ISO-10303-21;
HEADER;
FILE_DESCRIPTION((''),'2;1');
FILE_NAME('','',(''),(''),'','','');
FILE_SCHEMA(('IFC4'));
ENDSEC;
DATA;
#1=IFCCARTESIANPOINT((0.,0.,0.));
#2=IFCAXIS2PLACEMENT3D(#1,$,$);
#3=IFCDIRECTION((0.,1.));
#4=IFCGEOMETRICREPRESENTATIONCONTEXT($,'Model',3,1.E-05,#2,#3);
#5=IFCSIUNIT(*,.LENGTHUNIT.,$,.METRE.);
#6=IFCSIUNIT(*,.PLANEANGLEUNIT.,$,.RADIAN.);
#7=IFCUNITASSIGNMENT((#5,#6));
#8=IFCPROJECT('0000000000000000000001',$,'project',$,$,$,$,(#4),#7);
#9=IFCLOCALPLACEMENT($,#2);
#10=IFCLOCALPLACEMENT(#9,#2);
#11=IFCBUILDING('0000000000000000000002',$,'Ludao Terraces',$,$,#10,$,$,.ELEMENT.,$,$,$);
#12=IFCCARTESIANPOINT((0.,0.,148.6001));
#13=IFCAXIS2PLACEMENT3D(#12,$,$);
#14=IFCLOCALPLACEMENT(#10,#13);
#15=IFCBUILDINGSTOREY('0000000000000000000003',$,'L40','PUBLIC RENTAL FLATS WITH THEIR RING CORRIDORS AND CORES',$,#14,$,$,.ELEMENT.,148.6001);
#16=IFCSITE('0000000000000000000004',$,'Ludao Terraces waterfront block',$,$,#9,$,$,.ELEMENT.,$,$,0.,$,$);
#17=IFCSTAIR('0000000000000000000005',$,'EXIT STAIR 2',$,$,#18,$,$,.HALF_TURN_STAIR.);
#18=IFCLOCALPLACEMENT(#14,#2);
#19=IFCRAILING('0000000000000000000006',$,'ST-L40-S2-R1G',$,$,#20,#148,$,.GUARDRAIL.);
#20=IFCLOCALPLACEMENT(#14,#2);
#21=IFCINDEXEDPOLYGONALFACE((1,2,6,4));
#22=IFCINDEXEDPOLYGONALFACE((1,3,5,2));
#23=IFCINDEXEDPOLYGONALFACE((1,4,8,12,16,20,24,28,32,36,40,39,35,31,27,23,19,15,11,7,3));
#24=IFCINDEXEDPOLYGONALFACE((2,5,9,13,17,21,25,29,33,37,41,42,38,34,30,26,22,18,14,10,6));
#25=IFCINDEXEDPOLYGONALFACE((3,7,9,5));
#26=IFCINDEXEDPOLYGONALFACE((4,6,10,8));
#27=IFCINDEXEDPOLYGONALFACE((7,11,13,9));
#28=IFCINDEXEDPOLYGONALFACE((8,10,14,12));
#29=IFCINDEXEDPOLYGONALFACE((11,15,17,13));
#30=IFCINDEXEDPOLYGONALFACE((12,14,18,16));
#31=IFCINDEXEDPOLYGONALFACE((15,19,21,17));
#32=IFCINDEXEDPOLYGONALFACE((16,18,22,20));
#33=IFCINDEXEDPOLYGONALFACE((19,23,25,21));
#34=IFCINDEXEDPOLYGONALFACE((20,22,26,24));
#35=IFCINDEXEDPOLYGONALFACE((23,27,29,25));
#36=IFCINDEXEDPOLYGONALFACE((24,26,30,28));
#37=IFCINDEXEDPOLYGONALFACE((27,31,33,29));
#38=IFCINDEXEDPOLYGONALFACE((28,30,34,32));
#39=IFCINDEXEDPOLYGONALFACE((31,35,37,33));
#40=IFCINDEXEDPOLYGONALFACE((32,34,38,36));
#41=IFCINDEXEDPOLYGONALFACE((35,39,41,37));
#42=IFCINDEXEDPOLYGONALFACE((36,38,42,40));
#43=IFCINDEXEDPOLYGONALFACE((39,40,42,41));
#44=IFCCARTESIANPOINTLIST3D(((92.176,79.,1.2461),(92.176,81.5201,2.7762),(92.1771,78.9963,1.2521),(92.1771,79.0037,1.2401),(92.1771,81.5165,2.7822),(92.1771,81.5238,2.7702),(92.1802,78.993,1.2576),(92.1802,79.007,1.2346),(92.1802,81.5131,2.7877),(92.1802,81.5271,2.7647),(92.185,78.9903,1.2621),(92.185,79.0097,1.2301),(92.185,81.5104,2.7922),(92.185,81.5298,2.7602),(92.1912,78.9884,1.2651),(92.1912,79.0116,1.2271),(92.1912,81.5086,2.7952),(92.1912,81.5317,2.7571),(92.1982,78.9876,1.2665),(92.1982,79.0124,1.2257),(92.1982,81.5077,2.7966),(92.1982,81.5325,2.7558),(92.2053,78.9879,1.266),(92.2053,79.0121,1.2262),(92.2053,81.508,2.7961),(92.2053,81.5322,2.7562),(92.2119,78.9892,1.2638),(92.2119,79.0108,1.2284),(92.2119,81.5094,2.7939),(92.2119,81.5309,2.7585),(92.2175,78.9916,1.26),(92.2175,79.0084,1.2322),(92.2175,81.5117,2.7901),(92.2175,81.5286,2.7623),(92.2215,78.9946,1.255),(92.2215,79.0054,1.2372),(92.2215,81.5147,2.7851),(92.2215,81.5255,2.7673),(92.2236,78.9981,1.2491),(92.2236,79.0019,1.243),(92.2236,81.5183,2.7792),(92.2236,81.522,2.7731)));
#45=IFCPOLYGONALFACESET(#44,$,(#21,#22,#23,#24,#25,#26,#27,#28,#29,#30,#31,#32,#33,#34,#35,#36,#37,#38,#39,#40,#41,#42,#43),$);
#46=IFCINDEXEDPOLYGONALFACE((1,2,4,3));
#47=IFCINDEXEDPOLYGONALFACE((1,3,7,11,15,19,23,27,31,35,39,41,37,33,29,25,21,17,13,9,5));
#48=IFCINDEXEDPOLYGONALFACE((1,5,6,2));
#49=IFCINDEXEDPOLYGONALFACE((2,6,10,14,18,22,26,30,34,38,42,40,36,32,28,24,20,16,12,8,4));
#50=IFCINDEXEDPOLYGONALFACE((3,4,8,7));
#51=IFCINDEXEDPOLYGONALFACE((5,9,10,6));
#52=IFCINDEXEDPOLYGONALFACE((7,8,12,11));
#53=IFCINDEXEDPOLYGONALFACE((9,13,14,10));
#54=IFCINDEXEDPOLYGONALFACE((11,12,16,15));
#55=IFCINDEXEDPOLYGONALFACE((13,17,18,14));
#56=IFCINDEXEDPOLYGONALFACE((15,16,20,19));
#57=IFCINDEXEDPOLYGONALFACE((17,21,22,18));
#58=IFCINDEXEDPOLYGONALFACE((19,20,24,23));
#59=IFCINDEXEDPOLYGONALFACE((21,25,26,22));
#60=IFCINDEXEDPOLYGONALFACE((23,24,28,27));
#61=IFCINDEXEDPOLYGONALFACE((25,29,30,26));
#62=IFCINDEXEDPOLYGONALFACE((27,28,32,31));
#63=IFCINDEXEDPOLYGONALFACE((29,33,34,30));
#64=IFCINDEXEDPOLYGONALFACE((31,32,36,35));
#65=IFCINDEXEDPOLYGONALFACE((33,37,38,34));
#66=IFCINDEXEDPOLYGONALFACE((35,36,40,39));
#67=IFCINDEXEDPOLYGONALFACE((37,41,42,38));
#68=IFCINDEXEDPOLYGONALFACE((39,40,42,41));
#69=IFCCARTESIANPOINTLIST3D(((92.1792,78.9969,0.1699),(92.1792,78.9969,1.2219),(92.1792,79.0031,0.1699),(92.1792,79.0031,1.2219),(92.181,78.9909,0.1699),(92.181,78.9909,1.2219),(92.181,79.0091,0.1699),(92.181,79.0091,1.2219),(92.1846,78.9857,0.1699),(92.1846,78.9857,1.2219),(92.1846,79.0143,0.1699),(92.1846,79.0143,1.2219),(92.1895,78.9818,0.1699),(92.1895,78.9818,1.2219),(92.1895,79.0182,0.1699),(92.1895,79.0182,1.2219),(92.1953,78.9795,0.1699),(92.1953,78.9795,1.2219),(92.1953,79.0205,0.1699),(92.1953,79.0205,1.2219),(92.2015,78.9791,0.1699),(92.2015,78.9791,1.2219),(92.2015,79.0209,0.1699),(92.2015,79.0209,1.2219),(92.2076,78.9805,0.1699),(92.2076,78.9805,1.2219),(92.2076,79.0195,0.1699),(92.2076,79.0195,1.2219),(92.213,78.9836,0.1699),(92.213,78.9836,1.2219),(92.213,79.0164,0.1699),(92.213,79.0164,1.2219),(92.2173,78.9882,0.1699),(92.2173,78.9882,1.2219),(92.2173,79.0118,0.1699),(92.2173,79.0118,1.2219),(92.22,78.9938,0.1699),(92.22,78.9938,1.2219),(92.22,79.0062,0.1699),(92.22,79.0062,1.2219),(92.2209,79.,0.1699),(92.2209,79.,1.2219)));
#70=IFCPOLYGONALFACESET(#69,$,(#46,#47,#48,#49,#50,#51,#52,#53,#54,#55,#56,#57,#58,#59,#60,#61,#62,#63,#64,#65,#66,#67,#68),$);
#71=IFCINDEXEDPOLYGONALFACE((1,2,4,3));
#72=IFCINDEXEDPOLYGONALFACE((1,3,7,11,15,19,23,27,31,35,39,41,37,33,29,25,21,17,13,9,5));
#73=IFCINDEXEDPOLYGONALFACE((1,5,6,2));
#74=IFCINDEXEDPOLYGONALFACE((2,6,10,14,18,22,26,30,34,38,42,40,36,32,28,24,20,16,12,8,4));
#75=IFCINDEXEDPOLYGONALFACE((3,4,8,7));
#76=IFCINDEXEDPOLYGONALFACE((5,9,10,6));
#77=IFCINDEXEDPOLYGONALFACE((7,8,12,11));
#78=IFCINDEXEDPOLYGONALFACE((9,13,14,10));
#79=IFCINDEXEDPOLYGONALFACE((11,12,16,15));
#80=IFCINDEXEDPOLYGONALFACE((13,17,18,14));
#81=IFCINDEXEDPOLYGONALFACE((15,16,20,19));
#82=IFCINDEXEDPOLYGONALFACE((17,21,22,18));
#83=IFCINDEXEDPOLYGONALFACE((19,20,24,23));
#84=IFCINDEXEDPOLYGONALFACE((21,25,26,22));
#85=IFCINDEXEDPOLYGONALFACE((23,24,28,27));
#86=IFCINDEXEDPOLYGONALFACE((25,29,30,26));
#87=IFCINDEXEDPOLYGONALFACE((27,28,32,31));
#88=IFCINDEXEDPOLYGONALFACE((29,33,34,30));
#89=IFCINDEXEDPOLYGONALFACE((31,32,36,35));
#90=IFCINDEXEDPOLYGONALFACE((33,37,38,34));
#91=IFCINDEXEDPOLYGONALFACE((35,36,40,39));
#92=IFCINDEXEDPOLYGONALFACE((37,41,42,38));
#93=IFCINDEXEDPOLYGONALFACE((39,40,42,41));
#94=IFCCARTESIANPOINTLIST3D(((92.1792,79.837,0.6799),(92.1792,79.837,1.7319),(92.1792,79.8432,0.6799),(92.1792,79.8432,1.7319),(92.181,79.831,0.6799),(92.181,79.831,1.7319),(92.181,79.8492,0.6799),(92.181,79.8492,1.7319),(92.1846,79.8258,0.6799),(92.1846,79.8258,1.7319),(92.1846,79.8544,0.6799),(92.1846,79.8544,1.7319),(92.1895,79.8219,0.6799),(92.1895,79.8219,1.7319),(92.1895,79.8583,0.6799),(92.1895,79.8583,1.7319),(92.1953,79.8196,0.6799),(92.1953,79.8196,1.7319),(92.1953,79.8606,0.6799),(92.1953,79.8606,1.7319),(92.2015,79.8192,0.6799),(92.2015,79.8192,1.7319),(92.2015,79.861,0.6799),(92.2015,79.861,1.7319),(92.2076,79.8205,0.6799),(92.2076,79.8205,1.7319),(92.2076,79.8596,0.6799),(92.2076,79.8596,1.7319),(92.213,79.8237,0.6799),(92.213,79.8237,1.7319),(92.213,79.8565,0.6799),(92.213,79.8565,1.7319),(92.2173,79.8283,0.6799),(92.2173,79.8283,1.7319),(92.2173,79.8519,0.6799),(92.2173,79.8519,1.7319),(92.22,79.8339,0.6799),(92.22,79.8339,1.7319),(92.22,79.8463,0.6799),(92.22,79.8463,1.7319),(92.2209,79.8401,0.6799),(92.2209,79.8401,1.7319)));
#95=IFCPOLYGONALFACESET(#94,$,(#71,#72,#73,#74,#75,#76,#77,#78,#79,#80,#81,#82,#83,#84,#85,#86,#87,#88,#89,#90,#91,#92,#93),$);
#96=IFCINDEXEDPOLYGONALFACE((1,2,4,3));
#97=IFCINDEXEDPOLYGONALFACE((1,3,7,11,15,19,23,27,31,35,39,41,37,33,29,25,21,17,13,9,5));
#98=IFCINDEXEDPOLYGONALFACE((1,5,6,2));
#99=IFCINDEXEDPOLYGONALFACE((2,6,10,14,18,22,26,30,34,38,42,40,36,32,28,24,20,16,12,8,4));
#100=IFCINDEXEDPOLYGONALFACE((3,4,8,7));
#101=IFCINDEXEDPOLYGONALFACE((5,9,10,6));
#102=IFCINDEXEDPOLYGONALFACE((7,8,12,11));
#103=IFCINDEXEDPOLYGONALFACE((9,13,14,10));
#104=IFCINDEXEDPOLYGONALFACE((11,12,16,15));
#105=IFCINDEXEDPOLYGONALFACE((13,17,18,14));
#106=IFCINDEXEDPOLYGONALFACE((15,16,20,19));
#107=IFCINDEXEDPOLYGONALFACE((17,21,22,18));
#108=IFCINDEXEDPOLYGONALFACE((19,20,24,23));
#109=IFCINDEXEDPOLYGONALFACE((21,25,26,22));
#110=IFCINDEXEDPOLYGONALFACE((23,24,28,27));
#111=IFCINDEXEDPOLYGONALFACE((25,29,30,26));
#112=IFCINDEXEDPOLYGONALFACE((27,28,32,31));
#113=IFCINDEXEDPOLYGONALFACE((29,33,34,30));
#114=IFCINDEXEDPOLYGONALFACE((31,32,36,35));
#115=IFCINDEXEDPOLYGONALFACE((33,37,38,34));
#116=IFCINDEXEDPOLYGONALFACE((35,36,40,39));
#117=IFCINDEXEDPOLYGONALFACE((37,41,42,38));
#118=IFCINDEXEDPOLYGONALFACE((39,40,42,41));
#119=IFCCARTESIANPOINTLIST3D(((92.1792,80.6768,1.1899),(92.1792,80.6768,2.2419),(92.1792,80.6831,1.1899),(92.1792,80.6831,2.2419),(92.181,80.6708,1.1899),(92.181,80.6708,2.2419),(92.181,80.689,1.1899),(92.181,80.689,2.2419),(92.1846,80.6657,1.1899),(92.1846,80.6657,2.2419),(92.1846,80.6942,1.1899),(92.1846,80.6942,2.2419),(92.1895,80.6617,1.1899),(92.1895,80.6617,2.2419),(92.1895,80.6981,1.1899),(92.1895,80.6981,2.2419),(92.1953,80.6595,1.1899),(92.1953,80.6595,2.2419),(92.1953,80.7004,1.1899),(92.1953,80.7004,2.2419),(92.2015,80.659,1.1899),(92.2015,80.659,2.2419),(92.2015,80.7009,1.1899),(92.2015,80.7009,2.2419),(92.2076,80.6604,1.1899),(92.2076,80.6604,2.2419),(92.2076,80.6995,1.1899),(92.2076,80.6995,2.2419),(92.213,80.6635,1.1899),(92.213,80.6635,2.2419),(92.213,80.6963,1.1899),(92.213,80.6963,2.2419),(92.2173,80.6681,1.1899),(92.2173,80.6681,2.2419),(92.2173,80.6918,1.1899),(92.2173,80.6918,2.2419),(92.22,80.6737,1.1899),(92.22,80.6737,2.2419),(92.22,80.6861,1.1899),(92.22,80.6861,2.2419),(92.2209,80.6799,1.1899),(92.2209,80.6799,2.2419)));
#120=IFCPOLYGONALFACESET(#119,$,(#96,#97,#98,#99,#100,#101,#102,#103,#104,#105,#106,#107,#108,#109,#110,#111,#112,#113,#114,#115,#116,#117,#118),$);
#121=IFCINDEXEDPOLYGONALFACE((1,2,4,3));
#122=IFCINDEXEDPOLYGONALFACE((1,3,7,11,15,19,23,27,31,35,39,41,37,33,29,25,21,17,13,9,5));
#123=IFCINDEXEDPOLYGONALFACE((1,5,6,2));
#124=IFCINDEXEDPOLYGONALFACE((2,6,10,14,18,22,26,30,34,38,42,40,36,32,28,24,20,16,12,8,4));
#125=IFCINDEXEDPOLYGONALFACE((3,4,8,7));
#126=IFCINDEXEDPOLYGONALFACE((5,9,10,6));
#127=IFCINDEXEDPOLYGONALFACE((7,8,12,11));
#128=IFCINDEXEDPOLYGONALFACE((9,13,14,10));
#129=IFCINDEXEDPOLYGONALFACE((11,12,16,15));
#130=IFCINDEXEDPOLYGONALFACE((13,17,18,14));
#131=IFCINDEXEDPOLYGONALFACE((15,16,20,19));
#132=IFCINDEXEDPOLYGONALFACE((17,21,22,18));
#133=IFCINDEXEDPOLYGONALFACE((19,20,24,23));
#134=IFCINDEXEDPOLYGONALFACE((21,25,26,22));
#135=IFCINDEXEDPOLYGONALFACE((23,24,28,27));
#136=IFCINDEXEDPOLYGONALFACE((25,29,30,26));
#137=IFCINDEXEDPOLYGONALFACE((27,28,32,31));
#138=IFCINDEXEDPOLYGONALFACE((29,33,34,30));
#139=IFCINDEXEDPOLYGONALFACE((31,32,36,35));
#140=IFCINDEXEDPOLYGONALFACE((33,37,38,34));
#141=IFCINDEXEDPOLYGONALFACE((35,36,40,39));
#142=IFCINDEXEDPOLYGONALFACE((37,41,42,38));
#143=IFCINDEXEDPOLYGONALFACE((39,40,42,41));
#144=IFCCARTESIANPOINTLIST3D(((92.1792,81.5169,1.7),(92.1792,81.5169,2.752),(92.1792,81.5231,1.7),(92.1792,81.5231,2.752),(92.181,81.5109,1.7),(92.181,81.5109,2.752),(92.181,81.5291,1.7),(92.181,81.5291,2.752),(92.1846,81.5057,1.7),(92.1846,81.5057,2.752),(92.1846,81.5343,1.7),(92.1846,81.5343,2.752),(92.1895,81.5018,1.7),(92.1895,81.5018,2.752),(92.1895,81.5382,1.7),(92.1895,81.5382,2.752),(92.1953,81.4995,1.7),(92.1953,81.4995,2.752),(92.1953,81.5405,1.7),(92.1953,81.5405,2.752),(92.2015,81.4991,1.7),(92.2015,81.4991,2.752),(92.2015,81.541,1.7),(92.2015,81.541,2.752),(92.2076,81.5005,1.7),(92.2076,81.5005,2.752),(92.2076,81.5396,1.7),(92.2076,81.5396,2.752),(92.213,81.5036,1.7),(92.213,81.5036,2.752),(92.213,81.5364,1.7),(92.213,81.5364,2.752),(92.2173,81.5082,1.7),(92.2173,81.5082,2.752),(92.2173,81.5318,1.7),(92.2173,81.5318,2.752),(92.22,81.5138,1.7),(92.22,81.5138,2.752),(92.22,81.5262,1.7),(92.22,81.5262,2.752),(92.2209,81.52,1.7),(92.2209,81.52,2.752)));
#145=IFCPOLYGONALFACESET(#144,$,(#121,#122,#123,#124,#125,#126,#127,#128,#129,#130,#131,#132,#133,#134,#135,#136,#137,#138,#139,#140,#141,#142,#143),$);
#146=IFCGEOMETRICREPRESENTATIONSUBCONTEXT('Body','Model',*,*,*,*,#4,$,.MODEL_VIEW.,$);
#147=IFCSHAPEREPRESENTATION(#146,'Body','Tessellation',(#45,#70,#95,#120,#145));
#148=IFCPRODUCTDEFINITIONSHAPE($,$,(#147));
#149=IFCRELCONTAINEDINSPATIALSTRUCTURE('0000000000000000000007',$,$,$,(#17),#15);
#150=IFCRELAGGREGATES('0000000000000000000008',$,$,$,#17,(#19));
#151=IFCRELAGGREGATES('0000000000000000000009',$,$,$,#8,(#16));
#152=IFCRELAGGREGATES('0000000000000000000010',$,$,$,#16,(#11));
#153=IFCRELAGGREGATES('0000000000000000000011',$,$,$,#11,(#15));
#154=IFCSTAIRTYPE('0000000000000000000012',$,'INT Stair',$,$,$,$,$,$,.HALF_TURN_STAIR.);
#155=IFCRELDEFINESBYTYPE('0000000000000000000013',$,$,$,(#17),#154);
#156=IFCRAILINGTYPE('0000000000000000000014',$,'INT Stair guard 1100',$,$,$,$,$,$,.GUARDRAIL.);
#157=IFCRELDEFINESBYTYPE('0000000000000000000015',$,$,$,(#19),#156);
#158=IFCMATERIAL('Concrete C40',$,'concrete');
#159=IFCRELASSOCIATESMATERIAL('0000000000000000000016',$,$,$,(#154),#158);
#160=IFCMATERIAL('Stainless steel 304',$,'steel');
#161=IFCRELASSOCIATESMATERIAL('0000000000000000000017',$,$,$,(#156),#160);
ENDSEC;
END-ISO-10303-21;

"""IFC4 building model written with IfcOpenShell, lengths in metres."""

from ifc_helpers import new_model, si_unit, direction, frame, origin, origin_2d, place, context, subcontext, project, spatial, circle, extrude, material, type_object, element, aggregate, save


model = new_model("IFC4")

# Units and contexts
model_context = context("Model", 3, precision=1e-05, world=origin(), true_north=direction((0.0, 1.0)))
body_context = subcontext(model_context, "Body", "Model", "MODEL_VIEW")
ifc_project = project(units=[si_unit("LENGTHUNIT", "METRE"), si_unit("PLANEANGLEUNIT", "RADIAN")], contexts=[model_context])

# Site, building, storey
site_placement = place(None, origin())
site = spatial("IfcSite", under=ifc_project, at=site_placement, Name="Ludao Terraces waterfront block", CompositionType="ELEMENT", RefElevation=0.0)
building_placement = place(site_placement, origin())
building = spatial("IfcBuilding", under=site, at=building_placement, Name="Ludao Terraces", CompositionType="ELEMENT")
storey_placement = place(building_placement, frame((0.0, 0.0, 148.6001)))
storey = spatial("IfcBuildingStorey", under=building, at=storey_placement, Name="L40", Description="PUBLIC RENTAL FLATS WITH THEIR RING CORRIDORS AND CORES", CompositionType="ELEMENT", Elevation=148.6001)

# Shared definitions
ifc_material_1 = material(Name="Concrete C40", Category="concrete")

# Shared definitions
ifc_material_2 = material(Name="Stainless steel 304", Category="steel")

# Stair, railing
stair_type = type_object("IfcStairType", Name="INT Stair", PredefinedType="HALF_TURN_STAIR", material=ifc_material_1)
stair_placement = place(storey_placement, origin())
stair = element("IfcStair", 1, at=stair_placement, inside=storey, type_object=stair_type, Name="EXIT STAIR 2", PredefinedType="HALF_TURN_STAIR")
railing_type_1 = type_object("IfcRailingType", Name="INT Stair guard 1100", PredefinedType="GUARDRAIL", material=ifc_material_2)
railing_1_placement = place(storey_placement, frame((92.2, 79.0, 0.1699)))
railing_1 = element("IfcRailing", 2, at=railing_1_placement, type_object=railing_type_1, Name="ST-L40-S2-R1G", PredefinedType="GUARDRAIL", context=body_context, shape_type="SweptSolid", body=[
    extrude(circle(Radius=0.0239, at=origin_2d()), frame((0.0, 0.0, 1.0762), z_axis=(0.0, 0.854785, 0.518982), x_axis=(-1.0, 0.0, 0.0)), (0.0, 0.0, 1.0), 2.9482),
    extrude(circle(Radius=0.021, at=origin_2d()), origin(), (0.0, 0.0, 1.0), 1.052),
    extrude(circle(Radius=0.021, at=origin_2d()), frame((0.0, 0.8401, 0.51)), (0.0, 0.0, 1.0), 1.052),
    extrude(circle(Radius=0.021, at=origin_2d()), frame((0.0, 1.6799, 1.02)), (0.0, 0.0, 1.0), 1.052),
    extrude(circle(Radius=0.021, at=origin_2d()), frame((0.0, 2.52, 1.53)), (0.0, 0.0, 1.0), 1.052),
])
aggregate(stair, [railing_1])

save(model, "model.ifc")
